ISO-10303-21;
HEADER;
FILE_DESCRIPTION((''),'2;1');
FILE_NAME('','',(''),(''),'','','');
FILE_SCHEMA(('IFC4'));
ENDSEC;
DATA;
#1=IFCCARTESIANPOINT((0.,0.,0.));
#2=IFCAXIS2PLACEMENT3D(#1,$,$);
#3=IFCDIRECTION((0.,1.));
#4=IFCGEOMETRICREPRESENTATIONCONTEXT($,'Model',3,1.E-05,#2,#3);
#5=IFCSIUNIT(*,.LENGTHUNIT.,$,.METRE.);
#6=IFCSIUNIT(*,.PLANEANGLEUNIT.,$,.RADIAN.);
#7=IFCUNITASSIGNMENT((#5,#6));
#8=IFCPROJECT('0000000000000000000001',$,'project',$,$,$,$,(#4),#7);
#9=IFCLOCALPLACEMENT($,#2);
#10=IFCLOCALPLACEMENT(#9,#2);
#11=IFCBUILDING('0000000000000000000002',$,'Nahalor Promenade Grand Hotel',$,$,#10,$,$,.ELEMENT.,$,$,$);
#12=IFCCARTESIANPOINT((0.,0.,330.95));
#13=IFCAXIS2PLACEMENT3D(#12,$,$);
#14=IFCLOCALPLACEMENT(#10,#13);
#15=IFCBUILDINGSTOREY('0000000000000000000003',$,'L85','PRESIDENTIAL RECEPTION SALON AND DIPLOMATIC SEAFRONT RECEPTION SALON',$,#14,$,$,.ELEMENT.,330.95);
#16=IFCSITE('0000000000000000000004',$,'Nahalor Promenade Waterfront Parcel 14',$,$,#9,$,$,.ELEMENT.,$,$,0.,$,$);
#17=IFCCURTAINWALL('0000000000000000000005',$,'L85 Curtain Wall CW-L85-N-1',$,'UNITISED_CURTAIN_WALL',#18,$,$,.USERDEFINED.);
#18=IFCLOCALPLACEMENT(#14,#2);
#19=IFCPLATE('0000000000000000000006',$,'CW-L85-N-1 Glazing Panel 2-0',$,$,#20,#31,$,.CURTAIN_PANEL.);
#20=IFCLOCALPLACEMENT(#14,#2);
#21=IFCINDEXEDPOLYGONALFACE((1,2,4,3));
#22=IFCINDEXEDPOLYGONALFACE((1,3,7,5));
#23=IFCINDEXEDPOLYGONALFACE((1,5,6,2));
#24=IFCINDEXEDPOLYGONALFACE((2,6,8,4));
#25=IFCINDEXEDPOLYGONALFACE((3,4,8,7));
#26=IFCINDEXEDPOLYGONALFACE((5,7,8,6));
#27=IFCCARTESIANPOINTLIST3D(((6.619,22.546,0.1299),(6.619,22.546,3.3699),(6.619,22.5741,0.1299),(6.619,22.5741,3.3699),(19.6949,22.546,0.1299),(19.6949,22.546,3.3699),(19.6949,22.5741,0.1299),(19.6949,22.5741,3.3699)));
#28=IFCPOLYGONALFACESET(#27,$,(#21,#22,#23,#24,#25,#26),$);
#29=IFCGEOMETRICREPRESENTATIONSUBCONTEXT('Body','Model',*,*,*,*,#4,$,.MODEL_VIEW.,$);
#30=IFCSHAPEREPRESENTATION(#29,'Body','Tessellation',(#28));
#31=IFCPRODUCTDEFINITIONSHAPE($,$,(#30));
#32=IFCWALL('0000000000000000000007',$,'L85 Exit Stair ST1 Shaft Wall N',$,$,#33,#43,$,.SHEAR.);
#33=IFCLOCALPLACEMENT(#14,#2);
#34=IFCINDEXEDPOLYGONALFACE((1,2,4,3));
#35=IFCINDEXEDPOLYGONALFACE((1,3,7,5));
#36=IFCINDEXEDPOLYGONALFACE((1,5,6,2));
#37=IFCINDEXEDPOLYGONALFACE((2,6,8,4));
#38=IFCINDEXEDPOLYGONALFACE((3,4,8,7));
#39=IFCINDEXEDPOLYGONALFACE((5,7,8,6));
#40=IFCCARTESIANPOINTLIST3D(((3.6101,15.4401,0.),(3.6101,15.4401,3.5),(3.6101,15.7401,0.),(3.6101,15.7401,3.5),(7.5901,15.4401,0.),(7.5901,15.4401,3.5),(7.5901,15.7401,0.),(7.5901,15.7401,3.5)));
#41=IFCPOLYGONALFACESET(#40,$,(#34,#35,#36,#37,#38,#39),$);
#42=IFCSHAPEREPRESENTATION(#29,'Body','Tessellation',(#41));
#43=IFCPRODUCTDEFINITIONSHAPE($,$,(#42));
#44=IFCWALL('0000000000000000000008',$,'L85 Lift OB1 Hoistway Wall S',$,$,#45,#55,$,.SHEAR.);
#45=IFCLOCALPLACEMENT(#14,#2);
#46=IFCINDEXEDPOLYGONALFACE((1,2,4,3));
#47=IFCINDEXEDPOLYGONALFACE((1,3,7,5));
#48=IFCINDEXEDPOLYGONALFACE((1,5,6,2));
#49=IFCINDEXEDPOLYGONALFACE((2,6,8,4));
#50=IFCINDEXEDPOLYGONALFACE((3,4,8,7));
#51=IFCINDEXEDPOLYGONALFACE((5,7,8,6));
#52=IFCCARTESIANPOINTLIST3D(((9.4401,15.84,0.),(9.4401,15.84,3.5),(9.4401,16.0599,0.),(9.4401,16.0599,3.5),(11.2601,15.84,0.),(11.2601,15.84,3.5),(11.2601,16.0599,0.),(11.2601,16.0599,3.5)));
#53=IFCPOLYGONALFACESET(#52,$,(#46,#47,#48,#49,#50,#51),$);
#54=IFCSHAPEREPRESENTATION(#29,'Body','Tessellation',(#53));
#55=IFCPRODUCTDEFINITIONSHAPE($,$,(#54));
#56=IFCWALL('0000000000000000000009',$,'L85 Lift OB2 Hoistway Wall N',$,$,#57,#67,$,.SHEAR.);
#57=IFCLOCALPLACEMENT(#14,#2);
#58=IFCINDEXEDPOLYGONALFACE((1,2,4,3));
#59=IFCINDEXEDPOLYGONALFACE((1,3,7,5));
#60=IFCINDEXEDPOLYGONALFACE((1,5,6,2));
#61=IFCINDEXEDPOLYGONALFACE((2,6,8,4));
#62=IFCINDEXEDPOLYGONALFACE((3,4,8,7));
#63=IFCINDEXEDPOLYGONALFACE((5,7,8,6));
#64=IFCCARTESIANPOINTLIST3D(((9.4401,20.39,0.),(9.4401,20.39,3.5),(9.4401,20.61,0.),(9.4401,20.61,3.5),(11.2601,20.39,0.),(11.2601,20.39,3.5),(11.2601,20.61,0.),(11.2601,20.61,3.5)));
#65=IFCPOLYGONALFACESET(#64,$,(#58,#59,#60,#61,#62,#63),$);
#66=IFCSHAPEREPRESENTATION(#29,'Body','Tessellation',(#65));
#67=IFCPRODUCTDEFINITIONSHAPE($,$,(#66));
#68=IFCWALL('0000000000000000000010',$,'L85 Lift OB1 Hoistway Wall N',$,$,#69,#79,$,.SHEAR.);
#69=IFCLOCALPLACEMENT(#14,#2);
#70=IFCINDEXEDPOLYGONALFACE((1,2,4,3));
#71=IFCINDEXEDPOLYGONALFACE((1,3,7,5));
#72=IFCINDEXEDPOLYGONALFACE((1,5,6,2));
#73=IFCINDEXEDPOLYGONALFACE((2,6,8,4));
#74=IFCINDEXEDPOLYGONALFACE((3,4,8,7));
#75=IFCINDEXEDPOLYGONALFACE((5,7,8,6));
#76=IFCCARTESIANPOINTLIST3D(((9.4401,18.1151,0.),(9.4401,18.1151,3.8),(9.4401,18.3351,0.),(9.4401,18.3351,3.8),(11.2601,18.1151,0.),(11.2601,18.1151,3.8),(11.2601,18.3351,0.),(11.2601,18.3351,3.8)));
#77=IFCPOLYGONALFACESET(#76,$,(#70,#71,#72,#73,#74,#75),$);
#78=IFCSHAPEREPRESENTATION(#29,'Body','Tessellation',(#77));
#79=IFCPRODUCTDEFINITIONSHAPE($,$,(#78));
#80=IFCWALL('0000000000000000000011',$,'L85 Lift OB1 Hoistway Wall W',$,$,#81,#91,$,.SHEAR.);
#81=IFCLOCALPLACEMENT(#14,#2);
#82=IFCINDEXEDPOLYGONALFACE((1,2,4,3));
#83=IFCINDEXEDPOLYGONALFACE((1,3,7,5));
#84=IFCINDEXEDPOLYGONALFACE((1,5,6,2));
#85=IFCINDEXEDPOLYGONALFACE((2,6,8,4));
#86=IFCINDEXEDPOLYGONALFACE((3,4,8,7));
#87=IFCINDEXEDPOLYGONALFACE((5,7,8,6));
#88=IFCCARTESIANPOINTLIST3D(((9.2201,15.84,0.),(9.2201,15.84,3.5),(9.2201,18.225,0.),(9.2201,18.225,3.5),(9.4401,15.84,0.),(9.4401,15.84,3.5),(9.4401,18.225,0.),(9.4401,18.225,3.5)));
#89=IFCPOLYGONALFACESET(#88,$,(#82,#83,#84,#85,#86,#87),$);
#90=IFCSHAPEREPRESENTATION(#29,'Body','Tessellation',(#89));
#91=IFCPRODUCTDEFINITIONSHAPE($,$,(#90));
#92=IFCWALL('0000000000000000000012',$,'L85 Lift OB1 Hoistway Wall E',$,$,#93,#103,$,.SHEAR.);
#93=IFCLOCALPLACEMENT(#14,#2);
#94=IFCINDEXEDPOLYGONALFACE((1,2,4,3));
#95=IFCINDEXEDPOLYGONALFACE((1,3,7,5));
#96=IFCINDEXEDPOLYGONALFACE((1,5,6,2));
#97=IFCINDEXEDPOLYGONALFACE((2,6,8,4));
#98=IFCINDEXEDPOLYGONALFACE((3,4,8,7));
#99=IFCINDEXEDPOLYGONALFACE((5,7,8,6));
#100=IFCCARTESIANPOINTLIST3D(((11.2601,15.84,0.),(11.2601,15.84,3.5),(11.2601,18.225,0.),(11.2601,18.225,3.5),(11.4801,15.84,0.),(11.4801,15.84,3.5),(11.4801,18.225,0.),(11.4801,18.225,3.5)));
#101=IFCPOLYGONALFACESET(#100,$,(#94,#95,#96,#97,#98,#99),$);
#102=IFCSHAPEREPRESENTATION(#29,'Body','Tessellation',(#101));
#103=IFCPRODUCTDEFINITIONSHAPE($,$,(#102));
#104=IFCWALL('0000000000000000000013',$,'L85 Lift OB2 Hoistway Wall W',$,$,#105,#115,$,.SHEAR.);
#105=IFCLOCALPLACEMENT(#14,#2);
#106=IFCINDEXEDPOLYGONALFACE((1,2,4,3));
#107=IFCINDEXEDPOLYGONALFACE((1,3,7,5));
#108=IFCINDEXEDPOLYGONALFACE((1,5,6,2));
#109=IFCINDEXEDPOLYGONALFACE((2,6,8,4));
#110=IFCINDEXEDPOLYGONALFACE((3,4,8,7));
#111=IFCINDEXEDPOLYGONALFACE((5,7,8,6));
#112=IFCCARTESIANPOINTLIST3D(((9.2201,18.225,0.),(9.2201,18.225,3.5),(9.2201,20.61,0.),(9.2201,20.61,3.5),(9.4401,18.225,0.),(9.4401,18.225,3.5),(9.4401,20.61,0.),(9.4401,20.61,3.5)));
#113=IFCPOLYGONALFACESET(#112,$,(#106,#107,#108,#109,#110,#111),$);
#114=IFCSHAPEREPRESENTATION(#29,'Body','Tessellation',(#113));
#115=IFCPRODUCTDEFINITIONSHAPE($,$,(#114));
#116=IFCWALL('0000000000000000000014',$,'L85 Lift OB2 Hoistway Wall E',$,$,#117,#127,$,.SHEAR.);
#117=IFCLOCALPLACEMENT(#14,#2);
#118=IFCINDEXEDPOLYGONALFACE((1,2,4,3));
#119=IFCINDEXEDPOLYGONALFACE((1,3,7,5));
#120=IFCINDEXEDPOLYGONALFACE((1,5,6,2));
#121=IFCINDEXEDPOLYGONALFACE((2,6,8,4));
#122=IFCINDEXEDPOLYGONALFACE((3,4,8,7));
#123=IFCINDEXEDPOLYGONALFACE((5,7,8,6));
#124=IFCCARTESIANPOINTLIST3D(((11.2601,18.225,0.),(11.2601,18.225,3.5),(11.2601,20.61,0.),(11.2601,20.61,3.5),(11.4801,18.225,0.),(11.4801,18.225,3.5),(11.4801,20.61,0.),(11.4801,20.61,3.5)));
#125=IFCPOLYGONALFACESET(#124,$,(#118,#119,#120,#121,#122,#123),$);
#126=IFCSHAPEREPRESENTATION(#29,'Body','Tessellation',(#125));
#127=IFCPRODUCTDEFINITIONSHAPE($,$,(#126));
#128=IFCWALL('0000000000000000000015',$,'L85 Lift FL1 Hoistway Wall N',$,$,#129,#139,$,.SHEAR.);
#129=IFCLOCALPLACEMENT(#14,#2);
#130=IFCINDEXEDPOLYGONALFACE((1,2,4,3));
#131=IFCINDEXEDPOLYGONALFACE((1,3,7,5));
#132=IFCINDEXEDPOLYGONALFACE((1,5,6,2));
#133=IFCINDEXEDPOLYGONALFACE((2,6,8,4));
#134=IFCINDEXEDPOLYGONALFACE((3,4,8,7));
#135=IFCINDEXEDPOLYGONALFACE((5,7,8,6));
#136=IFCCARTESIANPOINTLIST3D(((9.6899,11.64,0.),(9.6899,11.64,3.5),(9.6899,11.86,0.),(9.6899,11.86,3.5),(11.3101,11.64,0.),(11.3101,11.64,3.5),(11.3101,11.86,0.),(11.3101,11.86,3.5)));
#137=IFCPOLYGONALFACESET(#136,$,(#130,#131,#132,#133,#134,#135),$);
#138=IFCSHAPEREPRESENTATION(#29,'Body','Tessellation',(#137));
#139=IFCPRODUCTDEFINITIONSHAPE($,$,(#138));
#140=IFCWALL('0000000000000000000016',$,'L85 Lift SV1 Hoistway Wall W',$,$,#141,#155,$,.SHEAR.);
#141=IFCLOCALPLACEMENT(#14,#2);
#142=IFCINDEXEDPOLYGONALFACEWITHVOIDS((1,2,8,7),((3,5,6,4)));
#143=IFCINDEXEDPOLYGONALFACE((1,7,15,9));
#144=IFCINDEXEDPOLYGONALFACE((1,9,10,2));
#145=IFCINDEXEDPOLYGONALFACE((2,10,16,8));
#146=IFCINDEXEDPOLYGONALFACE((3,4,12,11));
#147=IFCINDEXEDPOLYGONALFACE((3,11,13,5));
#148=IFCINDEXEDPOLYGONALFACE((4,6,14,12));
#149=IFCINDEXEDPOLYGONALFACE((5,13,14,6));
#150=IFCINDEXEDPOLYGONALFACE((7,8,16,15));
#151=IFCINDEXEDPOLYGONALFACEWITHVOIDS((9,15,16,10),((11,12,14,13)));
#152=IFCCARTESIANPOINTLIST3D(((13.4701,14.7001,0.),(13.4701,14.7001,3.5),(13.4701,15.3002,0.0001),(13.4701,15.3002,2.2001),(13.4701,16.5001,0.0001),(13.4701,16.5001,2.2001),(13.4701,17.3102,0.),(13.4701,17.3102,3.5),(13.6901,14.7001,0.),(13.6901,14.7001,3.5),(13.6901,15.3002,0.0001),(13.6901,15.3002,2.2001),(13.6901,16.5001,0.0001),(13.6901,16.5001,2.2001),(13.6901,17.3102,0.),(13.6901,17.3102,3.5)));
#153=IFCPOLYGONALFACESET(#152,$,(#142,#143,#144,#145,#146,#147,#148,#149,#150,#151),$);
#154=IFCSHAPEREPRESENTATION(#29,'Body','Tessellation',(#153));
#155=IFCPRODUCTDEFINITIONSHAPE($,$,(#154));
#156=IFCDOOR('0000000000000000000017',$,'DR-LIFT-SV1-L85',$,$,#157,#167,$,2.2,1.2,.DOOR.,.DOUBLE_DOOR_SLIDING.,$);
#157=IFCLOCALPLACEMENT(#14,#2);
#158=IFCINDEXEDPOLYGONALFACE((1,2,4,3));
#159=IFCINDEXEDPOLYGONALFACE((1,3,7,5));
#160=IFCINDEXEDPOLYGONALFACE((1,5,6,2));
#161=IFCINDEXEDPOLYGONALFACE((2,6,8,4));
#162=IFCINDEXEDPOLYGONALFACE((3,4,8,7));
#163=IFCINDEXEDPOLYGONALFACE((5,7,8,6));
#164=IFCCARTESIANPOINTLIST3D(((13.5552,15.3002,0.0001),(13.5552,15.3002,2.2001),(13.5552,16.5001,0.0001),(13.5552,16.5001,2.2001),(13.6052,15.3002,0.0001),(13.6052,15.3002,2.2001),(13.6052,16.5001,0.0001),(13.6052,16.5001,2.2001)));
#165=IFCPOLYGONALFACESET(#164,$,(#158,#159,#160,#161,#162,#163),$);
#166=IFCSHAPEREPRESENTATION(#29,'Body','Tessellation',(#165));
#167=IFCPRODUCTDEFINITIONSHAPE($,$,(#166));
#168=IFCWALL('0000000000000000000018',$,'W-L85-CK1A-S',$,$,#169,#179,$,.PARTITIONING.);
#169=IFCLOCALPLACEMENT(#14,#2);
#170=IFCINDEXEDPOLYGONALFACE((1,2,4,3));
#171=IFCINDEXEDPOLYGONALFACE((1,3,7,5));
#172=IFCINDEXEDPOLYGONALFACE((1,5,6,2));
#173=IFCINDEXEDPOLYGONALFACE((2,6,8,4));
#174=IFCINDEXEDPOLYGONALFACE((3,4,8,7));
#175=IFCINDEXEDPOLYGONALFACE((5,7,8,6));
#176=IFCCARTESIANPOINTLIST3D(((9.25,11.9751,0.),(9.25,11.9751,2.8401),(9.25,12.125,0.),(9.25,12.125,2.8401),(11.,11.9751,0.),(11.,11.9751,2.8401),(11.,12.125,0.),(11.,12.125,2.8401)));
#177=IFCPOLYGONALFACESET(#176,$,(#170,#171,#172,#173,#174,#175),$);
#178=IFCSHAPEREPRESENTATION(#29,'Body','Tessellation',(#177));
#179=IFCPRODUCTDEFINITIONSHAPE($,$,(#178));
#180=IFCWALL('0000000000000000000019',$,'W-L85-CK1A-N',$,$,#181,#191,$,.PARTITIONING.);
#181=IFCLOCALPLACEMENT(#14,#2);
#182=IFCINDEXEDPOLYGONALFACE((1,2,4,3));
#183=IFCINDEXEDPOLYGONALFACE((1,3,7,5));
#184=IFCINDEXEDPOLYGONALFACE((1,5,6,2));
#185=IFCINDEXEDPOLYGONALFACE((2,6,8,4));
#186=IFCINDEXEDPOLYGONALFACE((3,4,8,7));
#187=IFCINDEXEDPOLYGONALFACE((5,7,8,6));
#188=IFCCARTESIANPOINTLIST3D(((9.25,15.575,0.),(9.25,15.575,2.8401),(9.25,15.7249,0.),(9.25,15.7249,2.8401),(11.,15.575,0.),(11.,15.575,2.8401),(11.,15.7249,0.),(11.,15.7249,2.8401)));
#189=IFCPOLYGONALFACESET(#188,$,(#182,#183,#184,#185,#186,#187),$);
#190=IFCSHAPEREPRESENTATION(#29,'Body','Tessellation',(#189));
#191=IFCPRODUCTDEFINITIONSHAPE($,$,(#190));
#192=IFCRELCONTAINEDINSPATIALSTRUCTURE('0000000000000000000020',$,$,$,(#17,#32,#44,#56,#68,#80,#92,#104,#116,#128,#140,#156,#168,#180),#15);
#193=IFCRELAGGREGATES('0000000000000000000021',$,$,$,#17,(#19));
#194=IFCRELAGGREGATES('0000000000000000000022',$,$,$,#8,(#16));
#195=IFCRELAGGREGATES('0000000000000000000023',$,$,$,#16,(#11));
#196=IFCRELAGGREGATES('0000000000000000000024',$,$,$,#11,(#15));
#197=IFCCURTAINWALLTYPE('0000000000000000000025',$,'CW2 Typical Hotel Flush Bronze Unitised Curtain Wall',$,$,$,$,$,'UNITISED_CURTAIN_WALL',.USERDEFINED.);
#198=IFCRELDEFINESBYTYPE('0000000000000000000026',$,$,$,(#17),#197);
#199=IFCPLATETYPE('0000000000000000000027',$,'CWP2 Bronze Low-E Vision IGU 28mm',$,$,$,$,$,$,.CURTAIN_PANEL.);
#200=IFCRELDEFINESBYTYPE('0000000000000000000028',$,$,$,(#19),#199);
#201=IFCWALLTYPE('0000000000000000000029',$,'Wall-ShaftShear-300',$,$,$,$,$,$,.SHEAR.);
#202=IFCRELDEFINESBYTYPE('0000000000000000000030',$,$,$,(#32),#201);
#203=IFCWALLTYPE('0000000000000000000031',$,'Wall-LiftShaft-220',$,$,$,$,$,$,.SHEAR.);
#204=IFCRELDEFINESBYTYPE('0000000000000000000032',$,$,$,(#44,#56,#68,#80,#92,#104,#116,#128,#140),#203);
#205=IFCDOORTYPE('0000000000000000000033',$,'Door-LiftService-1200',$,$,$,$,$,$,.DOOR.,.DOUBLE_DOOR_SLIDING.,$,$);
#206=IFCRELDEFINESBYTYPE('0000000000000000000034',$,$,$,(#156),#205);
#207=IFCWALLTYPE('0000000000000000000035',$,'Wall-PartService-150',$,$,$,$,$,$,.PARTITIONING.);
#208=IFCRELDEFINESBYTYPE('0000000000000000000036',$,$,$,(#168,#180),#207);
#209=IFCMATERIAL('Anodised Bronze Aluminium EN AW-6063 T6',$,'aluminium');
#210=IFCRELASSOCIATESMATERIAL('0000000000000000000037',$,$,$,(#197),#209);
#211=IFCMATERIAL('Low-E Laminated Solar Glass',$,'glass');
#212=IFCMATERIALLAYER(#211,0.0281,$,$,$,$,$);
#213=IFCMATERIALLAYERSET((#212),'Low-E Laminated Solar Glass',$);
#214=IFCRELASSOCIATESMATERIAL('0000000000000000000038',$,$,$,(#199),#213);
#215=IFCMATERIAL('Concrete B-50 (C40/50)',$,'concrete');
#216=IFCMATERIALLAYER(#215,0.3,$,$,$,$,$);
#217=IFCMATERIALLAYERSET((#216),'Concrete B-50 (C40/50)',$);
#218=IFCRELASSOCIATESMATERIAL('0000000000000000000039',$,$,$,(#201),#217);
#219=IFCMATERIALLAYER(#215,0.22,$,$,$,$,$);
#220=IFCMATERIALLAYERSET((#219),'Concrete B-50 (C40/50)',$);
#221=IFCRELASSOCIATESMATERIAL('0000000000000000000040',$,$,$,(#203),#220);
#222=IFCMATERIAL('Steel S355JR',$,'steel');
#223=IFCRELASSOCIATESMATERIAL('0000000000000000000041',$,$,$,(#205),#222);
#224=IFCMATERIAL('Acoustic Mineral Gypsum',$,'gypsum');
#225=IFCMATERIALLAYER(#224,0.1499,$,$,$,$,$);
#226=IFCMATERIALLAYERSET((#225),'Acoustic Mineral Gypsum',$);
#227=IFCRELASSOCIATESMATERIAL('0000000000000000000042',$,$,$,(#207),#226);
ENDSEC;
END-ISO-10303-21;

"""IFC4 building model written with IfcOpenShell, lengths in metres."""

from ifc_helpers import new_model, si_unit, direction, frame, frame_2d, origin, origin_2d, place, context, subcontext, project, spatial, rectangle, extrude, source, transform, mapped, material, layer, layer_set, type_object, element, fill, aggregate, save


model = new_model("IFC4")

# Units and contexts
model_context = context("Model", 3, precision=1e-05, world=origin(), true_north=direction((0.0, 1.0)))
body_context = subcontext(model_context, "Body", "Model", "MODEL_VIEW")
ifc_project = project(units=[si_unit("LENGTHUNIT", "METRE"), si_unit("PLANEANGLEUNIT", "RADIAN")], contexts=[model_context])

# Site, building, storey
site_placement = place(None, origin())
site = spatial("IfcSite", under=ifc_project, at=site_placement, Name="Nahalor Promenade Waterfront Parcel 14", CompositionType="ELEMENT", RefElevation=0.0)
building_placement = place(site_placement, origin())
building = spatial("IfcBuilding", under=site, at=building_placement, Name="Nahalor Promenade Grand Hotel", CompositionType="ELEMENT")
storey_placement = place(building_placement, frame((0.0, 0.0, 330.95)))
storey = spatial("IfcBuildingStorey", under=building, at=storey_placement, Name="L85", Description="PRESIDENTIAL RECEPTION SALON AND DIPLOMATIC SEAFRONT RECEPTION SALON", CompositionType="ELEMENT", Elevation=330.95)

# Shared definitions
ifc_material_1 = material(Name="Concrete B-50 (C40/50)", Category="concrete")
ifc_material_2 = material(Name="Steel S355JR", Category="steel")

# Curtain wall, plate
ifc_material_3 = material(Name="Anodised Bronze Aluminium EN AW-6063 T6", Category="aluminium")
curtain_wall_type = type_object("IfcCurtainWallType", Name="CW2 Typical Hotel Flush Bronze Unitised Curtain Wall", ElementType="UNITISED_CURTAIN_WALL", PredefinedType="USERDEFINED", material=ifc_material_3)
curtain_wall_placement = place(storey_placement, origin())
curtain_wall = element("IfcCurtainWall", 1, at=curtain_wall_placement, inside=storey, type_object=curtain_wall_type, Name="L85 Curtain Wall CW-L85-N-1", ObjectType="UNITISED_CURTAIN_WALL", PredefinedType="USERDEFINED")
ifc_material_4 = material(Name="Low-E Laminated Solar Glass", Category="glass")
ifc_layer_1 = layer(ifc_material_4, 0.0281)
ifc_layer_set_1 = layer_set([ifc_layer_1], Name="Low-E Laminated Solar Glass")
plate_type = type_object("IfcPlateType", Name="CWP2 Bronze Low-E Vision IGU 28mm", PredefinedType="CURTAIN_PANEL", material=ifc_layer_set_1)
shared_shape_1 = source(origin(), body_context, "Body", "SweptSolid", [
    extrude(rectangle(XDim=13.0759, YDim=0.0281, at=origin_2d()), origin(), (0.0, 0.0, 1.0), 3.24),
])
plate_placement = place(storey_placement, frame((13.157, 22.5601, 0.1299), z_axis=(0.0, 0.0, 1.0), x_axis=(1.0, 0.0, 0.0)))
plate = element("IfcPlate", 2, at=plate_placement, type_object=plate_type, Name="CW-L85-N-1 Glazing Panel 2-0", PredefinedType="CURTAIN_PANEL", context=body_context, shape_type="MappedRepresentation", body=[
    mapped(shared_shape_1, transform((0.0, 0.0, 0.0), scale=1.0)),
])
aggregate(curtain_wall, [plate])

# Walls
ifc_layer_2 = layer(ifc_material_1, 0.3)
ifc_layer_set_2 = layer_set([ifc_layer_2], Name="Concrete B-50 (C40/50)")
wall_type_1 = type_object("IfcWallType", Name="Wall-ShaftShear-300", PredefinedType="SHEAR", material=ifc_layer_set_2)
shared_shape_2 = source(origin(), body_context, "Body", "SweptSolid", [
    extrude(rectangle(XDim=3.98, YDim=0.3, at=frame_2d((1.99, 0.0))), origin(), (0.0, 0.0, 1.0), 3.5),
])
wall_1_placement = place(storey_placement, frame((3.6101, 15.5901, 0.0), z_axis=(0.0, 0.0, 1.0), x_axis=(1.0, 0.0, 0.0)))
element("IfcWall", 3, at=wall_1_placement, inside=storey, type_object=wall_type_1, Name="L85 Exit Stair ST1 Shaft Wall N", PredefinedType="SHEAR", context=body_context, shape_type="MappedRepresentation", body=[
    mapped(shared_shape_2, transform((0.0, 0.0, 0.0), scale=1.0)),
])
ifc_layer_3 = layer(ifc_material_1, 0.22)
ifc_layer_set_3 = layer_set([ifc_layer_3], Name="Concrete B-50 (C40/50)")
wall_type_2 = type_object("IfcWallType", Name="Wall-LiftShaft-220", PredefinedType="SHEAR", material=ifc_layer_set_3)
shared_shape_3 = source(origin(), body_context, "Body", "SweptSolid", [
    extrude(rectangle(XDim=1.8201, YDim=0.22, at=frame_2d((0.9102, 0.0))), origin(), (0.0, 0.0, 1.0), 3.5),
])
for number, where, z_axis, x_axis, name in (
    (4, (9.4399, 15.95, 0.0), (0.0, 0.0, 1.0), (1.0, 0.0, 0.0), "L85 Lift OB1 Hoistway Wall S"),
    (5, (9.4399, 20.5, 0.0), (0.0, 0.0, 1.0), (1.0, 0.0, 0.0), "L85 Lift OB2 Hoistway Wall N"),
):
    element("IfcWall", number, at=place(storey_placement, frame(where, z_axis=z_axis, x_axis=x_axis)), inside=storey, type_object=wall_type_2, Name=name, PredefinedType="SHEAR", context=body_context, shape_type="MappedRepresentation", body=[
        mapped(shared_shape_3, transform((0.0, 0.0, 0.0), scale=1.0)),
    ])
shared_shape_4 = source(origin(), body_context, "Body", "SweptSolid", [
    extrude(rectangle(XDim=1.8201, YDim=0.22, at=frame_2d((0.9102, 0.0))), origin(), (0.0, 0.0, 1.0), 3.8),
])
wall_2_placement = place(storey_placement, frame((9.4399, 18.2251, 0.0), z_axis=(0.0, 0.0, 1.0), x_axis=(1.0, 0.0, 0.0)))
element("IfcWall", 6, at=wall_2_placement, inside=storey, type_object=wall_type_2, Name="L85 Lift OB1 Hoistway Wall N", PredefinedType="SHEAR", context=body_context, shape_type="MappedRepresentation", body=[
    mapped(shared_shape_4, transform((0.0, 0.0, 0.0), scale=1.0)),
])
shared_shape_5 = source(origin(), body_context, "Body", "SweptSolid", [
    extrude(rectangle(XDim=2.385, YDim=0.22, at=frame_2d((1.1924, 0.0))), origin(), (0.0, 0.0, 1.0), 3.5),
])
for number, where, z_axis, x_axis, name in (
    (7, (9.3301, 15.8401, 0.0), (0.0, 0.0, 1.0), (0.0, 1.0, 0.0), "L85 Lift OB1 Hoistway Wall W"),
    (8, (11.3701, 15.8401, 0.0), (0.0, 0.0, 1.0), (0.0, 1.0, 0.0), "L85 Lift OB1 Hoistway Wall E"),
    (9, (9.3301, 18.2251, 0.0), (0.0, 0.0, 1.0), (0.0, 1.0, 0.0), "L85 Lift OB2 Hoistway Wall W"),
    (10, (11.3701, 18.2251, 0.0), (0.0, 0.0, 1.0), (0.0, 1.0, 0.0), "L85 Lift OB2 Hoistway Wall E"),
):
    element("IfcWall", number, at=place(storey_placement, frame(where, z_axis=z_axis, x_axis=x_axis)), inside=storey, type_object=wall_type_2, Name=name, PredefinedType="SHEAR", context=body_context, shape_type="MappedRepresentation", body=[
        mapped(shared_shape_5, transform((0.0, 0.0, 0.0), scale=1.0)),
    ])
shared_shape_6 = source(origin(), body_context, "Body", "SweptSolid", [
    extrude(rectangle(XDim=1.6201, YDim=0.22, at=frame_2d((0.8101, 0.0))), origin(), (0.0, 0.0, 1.0), 3.5),
])
wall_3_placement = place(storey_placement, frame((9.6899, 11.75, 0.0), z_axis=(0.0, 0.0, 1.0), x_axis=(1.0, 0.0, 0.0)))
element("IfcWall", 11, at=wall_3_placement, inside=storey, type_object=wall_type_2, Name="L85 Lift FL1 Hoistway Wall N", PredefinedType="SHEAR", context=body_context, shape_type="MappedRepresentation", body=[
    mapped(shared_shape_6, transform((0.0, 0.0, 0.0), scale=1.0)),
])

# Wall, opening, door
shared_shape_7 = source(origin(), body_context, "Body", "SweptSolid", [
    extrude(rectangle(XDim=2.6101, YDim=0.22, at=frame_2d((1.3052, 0.0))), origin(), (0.0, 0.0, 1.0), 3.5),
])
wall_4_placement = place(storey_placement, frame((13.5801, 14.7, 0.0), z_axis=(0.0, 0.0, 1.0), x_axis=(0.0, 1.0, 0.0)))
wall_4 = element("IfcWall", 12, at=wall_4_placement, inside=storey, type_object=wall_type_2, Name="L85 Lift SV1 Hoistway Wall W", PredefinedType="SHEAR", context=body_context, shape_type="MappedRepresentation", body=[
    mapped(shared_shape_7, transform((0.0, 0.0, 0.0), scale=1.0)),
])
opening_1_placement = place(wall_4_placement, frame((0.6001, 0.0, 0.0)))
opening_1 = element("IfcOpeningElement", 13, at=opening_1_placement, cuts=wall_4, PredefinedType="OPENING", context=body_context, shape_type="SweptSolid", body=[
    extrude(rectangle(XDim=1.2, YDim=2.2, at=frame_2d((0.6001, 1.1001))), frame((0.0, 0.1199, 0.0), z_axis=(0.0, -1.0, 0.0), x_axis=(1.0, 0.0, 0.0)), (0.0, 0.0, 1.0), 0.24),
])
door_type_1 = type_object("IfcDoorType", Name="Door-LiftService-1200", OperationType="DOUBLE_DOOR_SLIDING", PredefinedType="DOOR", material=ifc_material_2)
shared_shape_8 = source(origin(), body_context, "Body", "SweptSolid", [
    extrude(rectangle(XDim=1.2, YDim=2.2, at=frame_2d((0.6001, 1.1001))), frame((0.0, 0.0249, 0.0), z_axis=(0.0, -1.0, 0.0), x_axis=(1.0, 0.0, 0.0)), (0.0, 0.0, 1.0), 0.05),
])
door_1_placement = place(opening_1_placement, origin())
door_1 = element("IfcDoor", 14, at=door_1_placement, inside=storey, type_object=door_type_1, Name="DR-LIFT-SV1-L85", OperationType="DOUBLE_DOOR_SLIDING", OverallHeight=2.2, OverallWidth=1.2, PredefinedType="DOOR", context=body_context, shape_type="MappedRepresentation", body=[
    mapped(shared_shape_8, transform((0.0, 0.0, 0.0), scale=1.0)),
])
fill(opening_1, door_1)

# Walls
ifc_material_5 = material(Name="Acoustic Mineral Gypsum", Category="gypsum")
ifc_layer_4 = layer(ifc_material_5, 0.1499)
ifc_layer_set_4 = layer_set([ifc_layer_4], Name="Acoustic Mineral Gypsum")
wall_type_3 = type_object("IfcWallType", Name="Wall-PartService-150", PredefinedType="PARTITIONING", material=ifc_layer_set_4)
shared_shape_9 = source(origin(), body_context, "Body", "SweptSolid", [
    extrude(rectangle(XDim=1.75, YDim=0.1499, at=frame_2d((0.875, 0.0))), origin(), (0.0, 0.0, 1.0), 2.8401),
])
for number, where, z_axis, x_axis, name in (
    (15, (9.25, 12.05, 0.0), (0.0, 0.0, 1.0), (1.0, 0.0, 0.0), "W-L85-CK1A-S"),
    (16, (9.25, 15.6499, 0.0), (0.0, 0.0, 1.0), (1.0, 0.0, 0.0), "W-L85-CK1A-N"),
):
    element("IfcWall", number, at=place(storey_placement, frame(where, z_axis=z_axis, x_axis=x_axis)), inside=storey, type_object=wall_type_3, Name=name, PredefinedType="PARTITIONING", context=body_context, shape_type="MappedRepresentation", body=[
        mapped(shared_shape_9, transform((0.0, 0.0, 0.0), scale=1.0)),
    ])

save(model, "model.ifc")
